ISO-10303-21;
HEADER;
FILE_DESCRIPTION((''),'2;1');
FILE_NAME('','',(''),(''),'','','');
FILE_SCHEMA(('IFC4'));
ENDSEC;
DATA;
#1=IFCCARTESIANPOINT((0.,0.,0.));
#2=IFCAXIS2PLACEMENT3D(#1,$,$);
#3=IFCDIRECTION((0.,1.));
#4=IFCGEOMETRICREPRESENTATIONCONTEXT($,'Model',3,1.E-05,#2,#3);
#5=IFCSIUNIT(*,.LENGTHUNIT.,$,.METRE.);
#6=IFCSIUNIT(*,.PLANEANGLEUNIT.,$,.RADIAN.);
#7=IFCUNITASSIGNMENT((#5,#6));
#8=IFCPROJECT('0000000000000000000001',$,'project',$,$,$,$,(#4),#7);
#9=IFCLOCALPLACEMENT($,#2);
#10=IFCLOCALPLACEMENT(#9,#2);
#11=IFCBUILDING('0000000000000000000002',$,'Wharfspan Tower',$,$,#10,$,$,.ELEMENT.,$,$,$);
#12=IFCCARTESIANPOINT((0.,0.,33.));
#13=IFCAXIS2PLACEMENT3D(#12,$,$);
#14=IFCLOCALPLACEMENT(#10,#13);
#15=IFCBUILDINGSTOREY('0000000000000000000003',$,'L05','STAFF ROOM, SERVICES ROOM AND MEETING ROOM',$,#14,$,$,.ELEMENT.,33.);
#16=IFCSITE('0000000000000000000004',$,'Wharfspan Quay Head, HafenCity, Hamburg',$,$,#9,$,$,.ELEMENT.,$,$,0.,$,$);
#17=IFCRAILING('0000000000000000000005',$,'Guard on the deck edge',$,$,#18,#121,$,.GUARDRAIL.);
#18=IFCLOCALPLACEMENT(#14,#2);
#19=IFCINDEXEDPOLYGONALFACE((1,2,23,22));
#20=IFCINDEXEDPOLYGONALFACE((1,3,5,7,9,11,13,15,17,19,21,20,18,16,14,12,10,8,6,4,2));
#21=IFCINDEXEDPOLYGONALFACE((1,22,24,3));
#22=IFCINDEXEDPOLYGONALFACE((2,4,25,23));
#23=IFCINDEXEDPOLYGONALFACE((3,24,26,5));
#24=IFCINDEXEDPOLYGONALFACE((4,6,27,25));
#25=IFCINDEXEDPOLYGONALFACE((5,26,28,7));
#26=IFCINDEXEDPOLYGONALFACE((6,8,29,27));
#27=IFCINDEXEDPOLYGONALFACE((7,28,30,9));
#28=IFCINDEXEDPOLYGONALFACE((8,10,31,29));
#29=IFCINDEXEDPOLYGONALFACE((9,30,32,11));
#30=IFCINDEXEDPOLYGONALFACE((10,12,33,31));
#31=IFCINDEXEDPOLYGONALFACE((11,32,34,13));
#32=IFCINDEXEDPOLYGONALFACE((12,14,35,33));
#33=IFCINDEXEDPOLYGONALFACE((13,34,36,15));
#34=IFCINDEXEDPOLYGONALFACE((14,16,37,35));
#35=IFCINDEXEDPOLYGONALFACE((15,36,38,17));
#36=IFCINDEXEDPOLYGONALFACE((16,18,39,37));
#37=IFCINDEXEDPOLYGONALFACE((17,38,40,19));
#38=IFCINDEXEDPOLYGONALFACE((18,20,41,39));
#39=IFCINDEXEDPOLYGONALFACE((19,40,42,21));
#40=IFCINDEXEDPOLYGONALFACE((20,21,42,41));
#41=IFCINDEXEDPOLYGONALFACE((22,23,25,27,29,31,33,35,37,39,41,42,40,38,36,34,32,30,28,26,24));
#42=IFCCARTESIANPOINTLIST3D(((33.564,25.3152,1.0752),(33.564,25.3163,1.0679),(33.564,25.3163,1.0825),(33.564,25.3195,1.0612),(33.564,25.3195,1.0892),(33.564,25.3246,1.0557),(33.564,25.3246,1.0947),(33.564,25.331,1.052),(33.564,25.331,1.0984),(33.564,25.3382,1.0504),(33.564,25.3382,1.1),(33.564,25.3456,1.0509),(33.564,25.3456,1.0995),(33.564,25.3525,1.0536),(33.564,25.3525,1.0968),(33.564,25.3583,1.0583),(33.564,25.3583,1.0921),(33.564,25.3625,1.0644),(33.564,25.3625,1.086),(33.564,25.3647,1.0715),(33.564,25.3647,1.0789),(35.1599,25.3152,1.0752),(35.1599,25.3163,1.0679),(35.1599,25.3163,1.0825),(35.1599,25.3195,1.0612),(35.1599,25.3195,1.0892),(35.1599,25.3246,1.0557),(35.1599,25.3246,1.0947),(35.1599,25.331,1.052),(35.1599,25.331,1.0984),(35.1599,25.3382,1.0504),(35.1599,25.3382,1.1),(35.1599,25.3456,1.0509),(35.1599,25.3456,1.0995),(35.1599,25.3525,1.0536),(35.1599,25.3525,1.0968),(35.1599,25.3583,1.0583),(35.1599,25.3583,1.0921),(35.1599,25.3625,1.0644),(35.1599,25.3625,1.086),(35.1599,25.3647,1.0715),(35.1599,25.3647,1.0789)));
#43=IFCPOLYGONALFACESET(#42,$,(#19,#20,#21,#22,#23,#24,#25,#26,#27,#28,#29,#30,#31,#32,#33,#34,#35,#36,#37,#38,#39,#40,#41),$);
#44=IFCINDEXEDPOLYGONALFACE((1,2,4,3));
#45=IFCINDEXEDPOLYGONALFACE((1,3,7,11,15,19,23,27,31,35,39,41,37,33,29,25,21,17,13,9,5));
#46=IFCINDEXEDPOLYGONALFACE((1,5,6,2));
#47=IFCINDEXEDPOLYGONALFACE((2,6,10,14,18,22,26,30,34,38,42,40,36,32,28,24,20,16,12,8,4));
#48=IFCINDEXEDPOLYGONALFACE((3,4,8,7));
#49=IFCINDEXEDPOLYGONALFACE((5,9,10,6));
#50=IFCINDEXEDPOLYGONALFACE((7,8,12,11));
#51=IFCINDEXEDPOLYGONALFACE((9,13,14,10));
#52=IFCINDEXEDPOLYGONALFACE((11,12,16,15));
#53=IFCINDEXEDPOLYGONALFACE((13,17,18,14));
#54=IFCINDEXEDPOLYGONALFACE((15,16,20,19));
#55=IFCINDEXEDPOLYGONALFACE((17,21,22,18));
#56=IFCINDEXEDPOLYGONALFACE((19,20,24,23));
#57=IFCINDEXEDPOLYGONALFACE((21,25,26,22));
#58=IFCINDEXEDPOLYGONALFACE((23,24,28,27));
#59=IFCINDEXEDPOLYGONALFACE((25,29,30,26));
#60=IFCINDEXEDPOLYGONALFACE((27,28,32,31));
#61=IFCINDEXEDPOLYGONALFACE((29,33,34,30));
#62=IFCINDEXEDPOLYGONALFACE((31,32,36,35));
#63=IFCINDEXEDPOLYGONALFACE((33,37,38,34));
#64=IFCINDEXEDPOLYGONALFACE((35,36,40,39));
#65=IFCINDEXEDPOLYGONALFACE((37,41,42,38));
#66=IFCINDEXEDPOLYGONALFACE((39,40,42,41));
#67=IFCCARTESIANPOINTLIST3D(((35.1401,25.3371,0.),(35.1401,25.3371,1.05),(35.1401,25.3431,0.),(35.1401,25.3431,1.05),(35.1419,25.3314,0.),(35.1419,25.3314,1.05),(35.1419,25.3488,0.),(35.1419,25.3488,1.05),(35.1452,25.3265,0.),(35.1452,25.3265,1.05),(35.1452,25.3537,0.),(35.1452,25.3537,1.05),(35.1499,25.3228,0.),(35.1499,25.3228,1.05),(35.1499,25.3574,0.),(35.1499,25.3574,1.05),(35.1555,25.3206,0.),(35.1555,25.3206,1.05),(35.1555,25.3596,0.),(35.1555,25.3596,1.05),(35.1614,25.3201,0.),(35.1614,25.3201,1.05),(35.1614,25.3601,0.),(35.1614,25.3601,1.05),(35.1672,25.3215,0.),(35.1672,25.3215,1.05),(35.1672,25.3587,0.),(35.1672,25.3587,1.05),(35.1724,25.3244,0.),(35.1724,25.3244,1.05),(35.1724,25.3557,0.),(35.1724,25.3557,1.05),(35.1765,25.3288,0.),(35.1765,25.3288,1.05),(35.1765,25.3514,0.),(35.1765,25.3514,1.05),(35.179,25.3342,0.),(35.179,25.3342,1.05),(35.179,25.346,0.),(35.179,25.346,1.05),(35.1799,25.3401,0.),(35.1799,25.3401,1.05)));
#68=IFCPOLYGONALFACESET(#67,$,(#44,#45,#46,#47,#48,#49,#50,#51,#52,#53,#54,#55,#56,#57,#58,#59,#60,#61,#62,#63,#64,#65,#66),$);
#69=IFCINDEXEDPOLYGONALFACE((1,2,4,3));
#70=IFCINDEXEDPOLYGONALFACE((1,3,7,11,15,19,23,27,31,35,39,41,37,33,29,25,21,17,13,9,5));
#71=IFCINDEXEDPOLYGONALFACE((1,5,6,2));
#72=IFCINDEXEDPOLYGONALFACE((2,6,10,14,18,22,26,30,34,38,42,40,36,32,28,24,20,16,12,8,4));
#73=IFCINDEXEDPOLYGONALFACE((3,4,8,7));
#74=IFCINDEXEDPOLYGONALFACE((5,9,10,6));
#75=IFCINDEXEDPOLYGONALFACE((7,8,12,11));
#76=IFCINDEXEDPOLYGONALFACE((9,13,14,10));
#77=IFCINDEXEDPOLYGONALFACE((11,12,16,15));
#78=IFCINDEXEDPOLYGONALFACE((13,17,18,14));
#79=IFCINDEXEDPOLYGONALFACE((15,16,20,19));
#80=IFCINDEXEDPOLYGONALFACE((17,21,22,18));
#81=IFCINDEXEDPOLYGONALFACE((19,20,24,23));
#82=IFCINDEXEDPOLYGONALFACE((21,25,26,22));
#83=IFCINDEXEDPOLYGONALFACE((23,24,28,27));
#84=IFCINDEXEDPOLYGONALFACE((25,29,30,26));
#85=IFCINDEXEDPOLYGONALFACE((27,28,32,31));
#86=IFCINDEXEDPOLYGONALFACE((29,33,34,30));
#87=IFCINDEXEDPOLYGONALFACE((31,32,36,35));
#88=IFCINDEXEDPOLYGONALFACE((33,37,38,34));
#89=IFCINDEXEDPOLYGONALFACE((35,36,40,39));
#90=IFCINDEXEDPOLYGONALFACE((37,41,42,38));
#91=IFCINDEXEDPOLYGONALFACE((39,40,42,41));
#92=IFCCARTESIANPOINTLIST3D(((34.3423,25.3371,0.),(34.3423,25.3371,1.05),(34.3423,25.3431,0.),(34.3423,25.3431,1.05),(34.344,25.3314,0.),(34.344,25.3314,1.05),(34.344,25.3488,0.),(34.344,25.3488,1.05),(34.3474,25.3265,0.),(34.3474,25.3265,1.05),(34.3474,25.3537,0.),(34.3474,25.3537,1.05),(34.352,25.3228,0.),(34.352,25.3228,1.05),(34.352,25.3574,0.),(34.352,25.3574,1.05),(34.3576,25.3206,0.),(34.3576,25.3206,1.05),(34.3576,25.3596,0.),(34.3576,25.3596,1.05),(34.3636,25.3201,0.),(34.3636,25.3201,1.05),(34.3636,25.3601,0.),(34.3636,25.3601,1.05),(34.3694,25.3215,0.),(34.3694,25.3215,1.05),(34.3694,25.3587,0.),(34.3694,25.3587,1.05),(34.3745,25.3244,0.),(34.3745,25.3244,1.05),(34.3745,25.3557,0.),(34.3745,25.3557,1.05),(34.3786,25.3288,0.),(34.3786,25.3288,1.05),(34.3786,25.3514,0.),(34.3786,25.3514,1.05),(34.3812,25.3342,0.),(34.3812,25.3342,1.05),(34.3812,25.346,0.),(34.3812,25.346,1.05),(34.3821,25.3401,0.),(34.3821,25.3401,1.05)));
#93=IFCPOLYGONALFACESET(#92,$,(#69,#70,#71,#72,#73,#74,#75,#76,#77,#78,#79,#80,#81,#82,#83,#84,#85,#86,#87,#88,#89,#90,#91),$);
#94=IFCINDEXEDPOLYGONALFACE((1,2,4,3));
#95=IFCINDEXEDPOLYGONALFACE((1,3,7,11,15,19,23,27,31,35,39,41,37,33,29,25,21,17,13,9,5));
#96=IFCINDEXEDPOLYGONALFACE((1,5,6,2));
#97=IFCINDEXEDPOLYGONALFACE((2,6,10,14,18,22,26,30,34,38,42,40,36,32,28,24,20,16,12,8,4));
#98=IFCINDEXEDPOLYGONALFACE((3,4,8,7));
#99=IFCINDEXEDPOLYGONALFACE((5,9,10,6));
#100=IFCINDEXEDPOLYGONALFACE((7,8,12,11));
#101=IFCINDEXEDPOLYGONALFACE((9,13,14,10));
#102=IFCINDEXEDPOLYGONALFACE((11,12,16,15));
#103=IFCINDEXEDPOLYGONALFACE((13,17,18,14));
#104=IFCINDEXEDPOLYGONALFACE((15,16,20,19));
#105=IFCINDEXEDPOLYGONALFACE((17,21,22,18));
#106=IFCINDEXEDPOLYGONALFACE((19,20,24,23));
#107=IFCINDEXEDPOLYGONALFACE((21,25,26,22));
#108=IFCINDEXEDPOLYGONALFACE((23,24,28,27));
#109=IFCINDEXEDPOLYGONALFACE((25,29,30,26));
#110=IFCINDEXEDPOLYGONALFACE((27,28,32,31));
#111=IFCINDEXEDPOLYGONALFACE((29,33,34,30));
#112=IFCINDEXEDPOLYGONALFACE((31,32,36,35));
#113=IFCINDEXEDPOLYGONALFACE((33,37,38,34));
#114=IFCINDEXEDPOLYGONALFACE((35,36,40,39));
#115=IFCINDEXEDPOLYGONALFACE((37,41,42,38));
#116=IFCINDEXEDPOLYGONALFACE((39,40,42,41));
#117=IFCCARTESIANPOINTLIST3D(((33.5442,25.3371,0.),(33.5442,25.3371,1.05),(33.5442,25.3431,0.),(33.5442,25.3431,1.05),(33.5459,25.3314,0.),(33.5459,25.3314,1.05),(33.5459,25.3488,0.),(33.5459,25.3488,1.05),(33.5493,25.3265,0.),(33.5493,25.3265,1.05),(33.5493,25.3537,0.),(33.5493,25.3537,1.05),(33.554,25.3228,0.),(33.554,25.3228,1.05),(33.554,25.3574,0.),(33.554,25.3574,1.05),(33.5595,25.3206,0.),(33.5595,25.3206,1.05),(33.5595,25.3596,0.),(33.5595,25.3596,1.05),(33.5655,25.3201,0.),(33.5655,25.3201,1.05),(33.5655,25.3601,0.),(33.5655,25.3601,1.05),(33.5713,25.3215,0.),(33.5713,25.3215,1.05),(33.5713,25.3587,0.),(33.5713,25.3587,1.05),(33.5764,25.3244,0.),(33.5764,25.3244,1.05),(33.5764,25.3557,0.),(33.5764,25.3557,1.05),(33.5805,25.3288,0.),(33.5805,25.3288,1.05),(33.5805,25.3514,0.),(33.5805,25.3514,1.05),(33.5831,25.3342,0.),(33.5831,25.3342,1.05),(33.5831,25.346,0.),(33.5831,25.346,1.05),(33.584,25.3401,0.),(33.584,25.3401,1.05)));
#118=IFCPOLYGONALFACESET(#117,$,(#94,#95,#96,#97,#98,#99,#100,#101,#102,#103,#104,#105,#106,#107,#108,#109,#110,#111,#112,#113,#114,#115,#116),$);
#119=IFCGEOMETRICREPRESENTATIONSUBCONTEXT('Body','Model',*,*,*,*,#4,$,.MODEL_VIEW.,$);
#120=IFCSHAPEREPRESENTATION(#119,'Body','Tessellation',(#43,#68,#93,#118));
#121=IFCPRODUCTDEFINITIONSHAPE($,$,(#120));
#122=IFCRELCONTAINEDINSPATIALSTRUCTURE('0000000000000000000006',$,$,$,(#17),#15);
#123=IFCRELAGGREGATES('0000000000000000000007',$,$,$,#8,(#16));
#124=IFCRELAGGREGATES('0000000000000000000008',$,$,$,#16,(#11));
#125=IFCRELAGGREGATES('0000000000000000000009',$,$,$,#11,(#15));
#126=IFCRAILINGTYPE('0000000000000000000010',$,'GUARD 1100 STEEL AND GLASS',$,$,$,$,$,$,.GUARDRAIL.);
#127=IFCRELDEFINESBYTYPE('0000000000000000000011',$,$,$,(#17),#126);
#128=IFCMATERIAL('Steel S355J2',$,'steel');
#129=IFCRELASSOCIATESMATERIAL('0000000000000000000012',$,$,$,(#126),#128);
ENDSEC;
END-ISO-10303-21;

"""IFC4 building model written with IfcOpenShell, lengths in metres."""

from ifc_helpers import new_model, si_unit, direction, frame, origin, origin_2d, place, context, subcontext, project, spatial, circle, extrude, material, type_object, element, save


model = new_model("IFC4")

# Units and contexts
model_context = context("Model", 3, precision=1e-05, world=origin(), true_north=direction((0.0, 1.0)))
body_context = subcontext(model_context, "Body", "Model", "MODEL_VIEW")
ifc_project = project(units=[si_unit("LENGTHUNIT", "METRE"), si_unit("PLANEANGLEUNIT", "RADIAN")], contexts=[model_context])

# Site, building, storey
site_placement = place(None, origin())
site = spatial("IfcSite", under=ifc_project, at=site_placement, Name="Wharfspan Quay Head, HafenCity, Hamburg", CompositionType="ELEMENT", RefElevation=0.0)
building_placement = place(site_placement, origin())
building = spatial("IfcBuilding", under=site, at=building_placement, Name="Wharfspan Tower", CompositionType="ELEMENT")
storey_placement = place(building_placement, frame((0.0, 0.0, 33.0)))
storey = spatial("IfcBuildingStorey", under=building, at=storey_placement, Name="L05", Description="STAFF ROOM, SERVICES ROOM AND MEETING ROOM", CompositionType="ELEMENT", Elevation=33.0)

# Railing
ifc_material_1 = material(Name="Steel S355J2", Category="steel")
railing_type = type_object("IfcRailingType", Name="GUARD 1100 STEEL AND GLASS", PredefinedType="GUARDRAIL", material=ifc_material_1)
railing_1_placement = place(storey_placement, frame((35.1599, 25.3401, 0.0)))
element("IfcRailing", 1, at=railing_1_placement, inside=storey, type_object=railing_type, Name="Guard on the deck edge", PredefinedType="GUARDRAIL", context=body_context, shape_type="SweptSolid", body=[
    extrude(circle(Radius=0.0249, at=origin_2d()), frame((0.0, 0.0, 1.0752), z_axis=(-1.0, 0.0, 0.0), x_axis=(0.0, -1.0, 0.0)), (0.0, 0.0, 1.0), 1.5959),
    extrude(circle(Radius=0.02, at=origin_2d()), origin(), (0.0, 0.0, 1.0), 1.05),
    extrude(circle(Radius=0.02, at=origin_2d()), frame((-0.7979, 0.0, 0.0)), (0.0, 0.0, 1.0), 1.05),
    extrude(circle(Radius=0.02, at=origin_2d()), frame((-1.5959, 0.0, 0.0)), (0.0, 0.0, 1.0), 1.05),
])

save(model, "model.ifc")
